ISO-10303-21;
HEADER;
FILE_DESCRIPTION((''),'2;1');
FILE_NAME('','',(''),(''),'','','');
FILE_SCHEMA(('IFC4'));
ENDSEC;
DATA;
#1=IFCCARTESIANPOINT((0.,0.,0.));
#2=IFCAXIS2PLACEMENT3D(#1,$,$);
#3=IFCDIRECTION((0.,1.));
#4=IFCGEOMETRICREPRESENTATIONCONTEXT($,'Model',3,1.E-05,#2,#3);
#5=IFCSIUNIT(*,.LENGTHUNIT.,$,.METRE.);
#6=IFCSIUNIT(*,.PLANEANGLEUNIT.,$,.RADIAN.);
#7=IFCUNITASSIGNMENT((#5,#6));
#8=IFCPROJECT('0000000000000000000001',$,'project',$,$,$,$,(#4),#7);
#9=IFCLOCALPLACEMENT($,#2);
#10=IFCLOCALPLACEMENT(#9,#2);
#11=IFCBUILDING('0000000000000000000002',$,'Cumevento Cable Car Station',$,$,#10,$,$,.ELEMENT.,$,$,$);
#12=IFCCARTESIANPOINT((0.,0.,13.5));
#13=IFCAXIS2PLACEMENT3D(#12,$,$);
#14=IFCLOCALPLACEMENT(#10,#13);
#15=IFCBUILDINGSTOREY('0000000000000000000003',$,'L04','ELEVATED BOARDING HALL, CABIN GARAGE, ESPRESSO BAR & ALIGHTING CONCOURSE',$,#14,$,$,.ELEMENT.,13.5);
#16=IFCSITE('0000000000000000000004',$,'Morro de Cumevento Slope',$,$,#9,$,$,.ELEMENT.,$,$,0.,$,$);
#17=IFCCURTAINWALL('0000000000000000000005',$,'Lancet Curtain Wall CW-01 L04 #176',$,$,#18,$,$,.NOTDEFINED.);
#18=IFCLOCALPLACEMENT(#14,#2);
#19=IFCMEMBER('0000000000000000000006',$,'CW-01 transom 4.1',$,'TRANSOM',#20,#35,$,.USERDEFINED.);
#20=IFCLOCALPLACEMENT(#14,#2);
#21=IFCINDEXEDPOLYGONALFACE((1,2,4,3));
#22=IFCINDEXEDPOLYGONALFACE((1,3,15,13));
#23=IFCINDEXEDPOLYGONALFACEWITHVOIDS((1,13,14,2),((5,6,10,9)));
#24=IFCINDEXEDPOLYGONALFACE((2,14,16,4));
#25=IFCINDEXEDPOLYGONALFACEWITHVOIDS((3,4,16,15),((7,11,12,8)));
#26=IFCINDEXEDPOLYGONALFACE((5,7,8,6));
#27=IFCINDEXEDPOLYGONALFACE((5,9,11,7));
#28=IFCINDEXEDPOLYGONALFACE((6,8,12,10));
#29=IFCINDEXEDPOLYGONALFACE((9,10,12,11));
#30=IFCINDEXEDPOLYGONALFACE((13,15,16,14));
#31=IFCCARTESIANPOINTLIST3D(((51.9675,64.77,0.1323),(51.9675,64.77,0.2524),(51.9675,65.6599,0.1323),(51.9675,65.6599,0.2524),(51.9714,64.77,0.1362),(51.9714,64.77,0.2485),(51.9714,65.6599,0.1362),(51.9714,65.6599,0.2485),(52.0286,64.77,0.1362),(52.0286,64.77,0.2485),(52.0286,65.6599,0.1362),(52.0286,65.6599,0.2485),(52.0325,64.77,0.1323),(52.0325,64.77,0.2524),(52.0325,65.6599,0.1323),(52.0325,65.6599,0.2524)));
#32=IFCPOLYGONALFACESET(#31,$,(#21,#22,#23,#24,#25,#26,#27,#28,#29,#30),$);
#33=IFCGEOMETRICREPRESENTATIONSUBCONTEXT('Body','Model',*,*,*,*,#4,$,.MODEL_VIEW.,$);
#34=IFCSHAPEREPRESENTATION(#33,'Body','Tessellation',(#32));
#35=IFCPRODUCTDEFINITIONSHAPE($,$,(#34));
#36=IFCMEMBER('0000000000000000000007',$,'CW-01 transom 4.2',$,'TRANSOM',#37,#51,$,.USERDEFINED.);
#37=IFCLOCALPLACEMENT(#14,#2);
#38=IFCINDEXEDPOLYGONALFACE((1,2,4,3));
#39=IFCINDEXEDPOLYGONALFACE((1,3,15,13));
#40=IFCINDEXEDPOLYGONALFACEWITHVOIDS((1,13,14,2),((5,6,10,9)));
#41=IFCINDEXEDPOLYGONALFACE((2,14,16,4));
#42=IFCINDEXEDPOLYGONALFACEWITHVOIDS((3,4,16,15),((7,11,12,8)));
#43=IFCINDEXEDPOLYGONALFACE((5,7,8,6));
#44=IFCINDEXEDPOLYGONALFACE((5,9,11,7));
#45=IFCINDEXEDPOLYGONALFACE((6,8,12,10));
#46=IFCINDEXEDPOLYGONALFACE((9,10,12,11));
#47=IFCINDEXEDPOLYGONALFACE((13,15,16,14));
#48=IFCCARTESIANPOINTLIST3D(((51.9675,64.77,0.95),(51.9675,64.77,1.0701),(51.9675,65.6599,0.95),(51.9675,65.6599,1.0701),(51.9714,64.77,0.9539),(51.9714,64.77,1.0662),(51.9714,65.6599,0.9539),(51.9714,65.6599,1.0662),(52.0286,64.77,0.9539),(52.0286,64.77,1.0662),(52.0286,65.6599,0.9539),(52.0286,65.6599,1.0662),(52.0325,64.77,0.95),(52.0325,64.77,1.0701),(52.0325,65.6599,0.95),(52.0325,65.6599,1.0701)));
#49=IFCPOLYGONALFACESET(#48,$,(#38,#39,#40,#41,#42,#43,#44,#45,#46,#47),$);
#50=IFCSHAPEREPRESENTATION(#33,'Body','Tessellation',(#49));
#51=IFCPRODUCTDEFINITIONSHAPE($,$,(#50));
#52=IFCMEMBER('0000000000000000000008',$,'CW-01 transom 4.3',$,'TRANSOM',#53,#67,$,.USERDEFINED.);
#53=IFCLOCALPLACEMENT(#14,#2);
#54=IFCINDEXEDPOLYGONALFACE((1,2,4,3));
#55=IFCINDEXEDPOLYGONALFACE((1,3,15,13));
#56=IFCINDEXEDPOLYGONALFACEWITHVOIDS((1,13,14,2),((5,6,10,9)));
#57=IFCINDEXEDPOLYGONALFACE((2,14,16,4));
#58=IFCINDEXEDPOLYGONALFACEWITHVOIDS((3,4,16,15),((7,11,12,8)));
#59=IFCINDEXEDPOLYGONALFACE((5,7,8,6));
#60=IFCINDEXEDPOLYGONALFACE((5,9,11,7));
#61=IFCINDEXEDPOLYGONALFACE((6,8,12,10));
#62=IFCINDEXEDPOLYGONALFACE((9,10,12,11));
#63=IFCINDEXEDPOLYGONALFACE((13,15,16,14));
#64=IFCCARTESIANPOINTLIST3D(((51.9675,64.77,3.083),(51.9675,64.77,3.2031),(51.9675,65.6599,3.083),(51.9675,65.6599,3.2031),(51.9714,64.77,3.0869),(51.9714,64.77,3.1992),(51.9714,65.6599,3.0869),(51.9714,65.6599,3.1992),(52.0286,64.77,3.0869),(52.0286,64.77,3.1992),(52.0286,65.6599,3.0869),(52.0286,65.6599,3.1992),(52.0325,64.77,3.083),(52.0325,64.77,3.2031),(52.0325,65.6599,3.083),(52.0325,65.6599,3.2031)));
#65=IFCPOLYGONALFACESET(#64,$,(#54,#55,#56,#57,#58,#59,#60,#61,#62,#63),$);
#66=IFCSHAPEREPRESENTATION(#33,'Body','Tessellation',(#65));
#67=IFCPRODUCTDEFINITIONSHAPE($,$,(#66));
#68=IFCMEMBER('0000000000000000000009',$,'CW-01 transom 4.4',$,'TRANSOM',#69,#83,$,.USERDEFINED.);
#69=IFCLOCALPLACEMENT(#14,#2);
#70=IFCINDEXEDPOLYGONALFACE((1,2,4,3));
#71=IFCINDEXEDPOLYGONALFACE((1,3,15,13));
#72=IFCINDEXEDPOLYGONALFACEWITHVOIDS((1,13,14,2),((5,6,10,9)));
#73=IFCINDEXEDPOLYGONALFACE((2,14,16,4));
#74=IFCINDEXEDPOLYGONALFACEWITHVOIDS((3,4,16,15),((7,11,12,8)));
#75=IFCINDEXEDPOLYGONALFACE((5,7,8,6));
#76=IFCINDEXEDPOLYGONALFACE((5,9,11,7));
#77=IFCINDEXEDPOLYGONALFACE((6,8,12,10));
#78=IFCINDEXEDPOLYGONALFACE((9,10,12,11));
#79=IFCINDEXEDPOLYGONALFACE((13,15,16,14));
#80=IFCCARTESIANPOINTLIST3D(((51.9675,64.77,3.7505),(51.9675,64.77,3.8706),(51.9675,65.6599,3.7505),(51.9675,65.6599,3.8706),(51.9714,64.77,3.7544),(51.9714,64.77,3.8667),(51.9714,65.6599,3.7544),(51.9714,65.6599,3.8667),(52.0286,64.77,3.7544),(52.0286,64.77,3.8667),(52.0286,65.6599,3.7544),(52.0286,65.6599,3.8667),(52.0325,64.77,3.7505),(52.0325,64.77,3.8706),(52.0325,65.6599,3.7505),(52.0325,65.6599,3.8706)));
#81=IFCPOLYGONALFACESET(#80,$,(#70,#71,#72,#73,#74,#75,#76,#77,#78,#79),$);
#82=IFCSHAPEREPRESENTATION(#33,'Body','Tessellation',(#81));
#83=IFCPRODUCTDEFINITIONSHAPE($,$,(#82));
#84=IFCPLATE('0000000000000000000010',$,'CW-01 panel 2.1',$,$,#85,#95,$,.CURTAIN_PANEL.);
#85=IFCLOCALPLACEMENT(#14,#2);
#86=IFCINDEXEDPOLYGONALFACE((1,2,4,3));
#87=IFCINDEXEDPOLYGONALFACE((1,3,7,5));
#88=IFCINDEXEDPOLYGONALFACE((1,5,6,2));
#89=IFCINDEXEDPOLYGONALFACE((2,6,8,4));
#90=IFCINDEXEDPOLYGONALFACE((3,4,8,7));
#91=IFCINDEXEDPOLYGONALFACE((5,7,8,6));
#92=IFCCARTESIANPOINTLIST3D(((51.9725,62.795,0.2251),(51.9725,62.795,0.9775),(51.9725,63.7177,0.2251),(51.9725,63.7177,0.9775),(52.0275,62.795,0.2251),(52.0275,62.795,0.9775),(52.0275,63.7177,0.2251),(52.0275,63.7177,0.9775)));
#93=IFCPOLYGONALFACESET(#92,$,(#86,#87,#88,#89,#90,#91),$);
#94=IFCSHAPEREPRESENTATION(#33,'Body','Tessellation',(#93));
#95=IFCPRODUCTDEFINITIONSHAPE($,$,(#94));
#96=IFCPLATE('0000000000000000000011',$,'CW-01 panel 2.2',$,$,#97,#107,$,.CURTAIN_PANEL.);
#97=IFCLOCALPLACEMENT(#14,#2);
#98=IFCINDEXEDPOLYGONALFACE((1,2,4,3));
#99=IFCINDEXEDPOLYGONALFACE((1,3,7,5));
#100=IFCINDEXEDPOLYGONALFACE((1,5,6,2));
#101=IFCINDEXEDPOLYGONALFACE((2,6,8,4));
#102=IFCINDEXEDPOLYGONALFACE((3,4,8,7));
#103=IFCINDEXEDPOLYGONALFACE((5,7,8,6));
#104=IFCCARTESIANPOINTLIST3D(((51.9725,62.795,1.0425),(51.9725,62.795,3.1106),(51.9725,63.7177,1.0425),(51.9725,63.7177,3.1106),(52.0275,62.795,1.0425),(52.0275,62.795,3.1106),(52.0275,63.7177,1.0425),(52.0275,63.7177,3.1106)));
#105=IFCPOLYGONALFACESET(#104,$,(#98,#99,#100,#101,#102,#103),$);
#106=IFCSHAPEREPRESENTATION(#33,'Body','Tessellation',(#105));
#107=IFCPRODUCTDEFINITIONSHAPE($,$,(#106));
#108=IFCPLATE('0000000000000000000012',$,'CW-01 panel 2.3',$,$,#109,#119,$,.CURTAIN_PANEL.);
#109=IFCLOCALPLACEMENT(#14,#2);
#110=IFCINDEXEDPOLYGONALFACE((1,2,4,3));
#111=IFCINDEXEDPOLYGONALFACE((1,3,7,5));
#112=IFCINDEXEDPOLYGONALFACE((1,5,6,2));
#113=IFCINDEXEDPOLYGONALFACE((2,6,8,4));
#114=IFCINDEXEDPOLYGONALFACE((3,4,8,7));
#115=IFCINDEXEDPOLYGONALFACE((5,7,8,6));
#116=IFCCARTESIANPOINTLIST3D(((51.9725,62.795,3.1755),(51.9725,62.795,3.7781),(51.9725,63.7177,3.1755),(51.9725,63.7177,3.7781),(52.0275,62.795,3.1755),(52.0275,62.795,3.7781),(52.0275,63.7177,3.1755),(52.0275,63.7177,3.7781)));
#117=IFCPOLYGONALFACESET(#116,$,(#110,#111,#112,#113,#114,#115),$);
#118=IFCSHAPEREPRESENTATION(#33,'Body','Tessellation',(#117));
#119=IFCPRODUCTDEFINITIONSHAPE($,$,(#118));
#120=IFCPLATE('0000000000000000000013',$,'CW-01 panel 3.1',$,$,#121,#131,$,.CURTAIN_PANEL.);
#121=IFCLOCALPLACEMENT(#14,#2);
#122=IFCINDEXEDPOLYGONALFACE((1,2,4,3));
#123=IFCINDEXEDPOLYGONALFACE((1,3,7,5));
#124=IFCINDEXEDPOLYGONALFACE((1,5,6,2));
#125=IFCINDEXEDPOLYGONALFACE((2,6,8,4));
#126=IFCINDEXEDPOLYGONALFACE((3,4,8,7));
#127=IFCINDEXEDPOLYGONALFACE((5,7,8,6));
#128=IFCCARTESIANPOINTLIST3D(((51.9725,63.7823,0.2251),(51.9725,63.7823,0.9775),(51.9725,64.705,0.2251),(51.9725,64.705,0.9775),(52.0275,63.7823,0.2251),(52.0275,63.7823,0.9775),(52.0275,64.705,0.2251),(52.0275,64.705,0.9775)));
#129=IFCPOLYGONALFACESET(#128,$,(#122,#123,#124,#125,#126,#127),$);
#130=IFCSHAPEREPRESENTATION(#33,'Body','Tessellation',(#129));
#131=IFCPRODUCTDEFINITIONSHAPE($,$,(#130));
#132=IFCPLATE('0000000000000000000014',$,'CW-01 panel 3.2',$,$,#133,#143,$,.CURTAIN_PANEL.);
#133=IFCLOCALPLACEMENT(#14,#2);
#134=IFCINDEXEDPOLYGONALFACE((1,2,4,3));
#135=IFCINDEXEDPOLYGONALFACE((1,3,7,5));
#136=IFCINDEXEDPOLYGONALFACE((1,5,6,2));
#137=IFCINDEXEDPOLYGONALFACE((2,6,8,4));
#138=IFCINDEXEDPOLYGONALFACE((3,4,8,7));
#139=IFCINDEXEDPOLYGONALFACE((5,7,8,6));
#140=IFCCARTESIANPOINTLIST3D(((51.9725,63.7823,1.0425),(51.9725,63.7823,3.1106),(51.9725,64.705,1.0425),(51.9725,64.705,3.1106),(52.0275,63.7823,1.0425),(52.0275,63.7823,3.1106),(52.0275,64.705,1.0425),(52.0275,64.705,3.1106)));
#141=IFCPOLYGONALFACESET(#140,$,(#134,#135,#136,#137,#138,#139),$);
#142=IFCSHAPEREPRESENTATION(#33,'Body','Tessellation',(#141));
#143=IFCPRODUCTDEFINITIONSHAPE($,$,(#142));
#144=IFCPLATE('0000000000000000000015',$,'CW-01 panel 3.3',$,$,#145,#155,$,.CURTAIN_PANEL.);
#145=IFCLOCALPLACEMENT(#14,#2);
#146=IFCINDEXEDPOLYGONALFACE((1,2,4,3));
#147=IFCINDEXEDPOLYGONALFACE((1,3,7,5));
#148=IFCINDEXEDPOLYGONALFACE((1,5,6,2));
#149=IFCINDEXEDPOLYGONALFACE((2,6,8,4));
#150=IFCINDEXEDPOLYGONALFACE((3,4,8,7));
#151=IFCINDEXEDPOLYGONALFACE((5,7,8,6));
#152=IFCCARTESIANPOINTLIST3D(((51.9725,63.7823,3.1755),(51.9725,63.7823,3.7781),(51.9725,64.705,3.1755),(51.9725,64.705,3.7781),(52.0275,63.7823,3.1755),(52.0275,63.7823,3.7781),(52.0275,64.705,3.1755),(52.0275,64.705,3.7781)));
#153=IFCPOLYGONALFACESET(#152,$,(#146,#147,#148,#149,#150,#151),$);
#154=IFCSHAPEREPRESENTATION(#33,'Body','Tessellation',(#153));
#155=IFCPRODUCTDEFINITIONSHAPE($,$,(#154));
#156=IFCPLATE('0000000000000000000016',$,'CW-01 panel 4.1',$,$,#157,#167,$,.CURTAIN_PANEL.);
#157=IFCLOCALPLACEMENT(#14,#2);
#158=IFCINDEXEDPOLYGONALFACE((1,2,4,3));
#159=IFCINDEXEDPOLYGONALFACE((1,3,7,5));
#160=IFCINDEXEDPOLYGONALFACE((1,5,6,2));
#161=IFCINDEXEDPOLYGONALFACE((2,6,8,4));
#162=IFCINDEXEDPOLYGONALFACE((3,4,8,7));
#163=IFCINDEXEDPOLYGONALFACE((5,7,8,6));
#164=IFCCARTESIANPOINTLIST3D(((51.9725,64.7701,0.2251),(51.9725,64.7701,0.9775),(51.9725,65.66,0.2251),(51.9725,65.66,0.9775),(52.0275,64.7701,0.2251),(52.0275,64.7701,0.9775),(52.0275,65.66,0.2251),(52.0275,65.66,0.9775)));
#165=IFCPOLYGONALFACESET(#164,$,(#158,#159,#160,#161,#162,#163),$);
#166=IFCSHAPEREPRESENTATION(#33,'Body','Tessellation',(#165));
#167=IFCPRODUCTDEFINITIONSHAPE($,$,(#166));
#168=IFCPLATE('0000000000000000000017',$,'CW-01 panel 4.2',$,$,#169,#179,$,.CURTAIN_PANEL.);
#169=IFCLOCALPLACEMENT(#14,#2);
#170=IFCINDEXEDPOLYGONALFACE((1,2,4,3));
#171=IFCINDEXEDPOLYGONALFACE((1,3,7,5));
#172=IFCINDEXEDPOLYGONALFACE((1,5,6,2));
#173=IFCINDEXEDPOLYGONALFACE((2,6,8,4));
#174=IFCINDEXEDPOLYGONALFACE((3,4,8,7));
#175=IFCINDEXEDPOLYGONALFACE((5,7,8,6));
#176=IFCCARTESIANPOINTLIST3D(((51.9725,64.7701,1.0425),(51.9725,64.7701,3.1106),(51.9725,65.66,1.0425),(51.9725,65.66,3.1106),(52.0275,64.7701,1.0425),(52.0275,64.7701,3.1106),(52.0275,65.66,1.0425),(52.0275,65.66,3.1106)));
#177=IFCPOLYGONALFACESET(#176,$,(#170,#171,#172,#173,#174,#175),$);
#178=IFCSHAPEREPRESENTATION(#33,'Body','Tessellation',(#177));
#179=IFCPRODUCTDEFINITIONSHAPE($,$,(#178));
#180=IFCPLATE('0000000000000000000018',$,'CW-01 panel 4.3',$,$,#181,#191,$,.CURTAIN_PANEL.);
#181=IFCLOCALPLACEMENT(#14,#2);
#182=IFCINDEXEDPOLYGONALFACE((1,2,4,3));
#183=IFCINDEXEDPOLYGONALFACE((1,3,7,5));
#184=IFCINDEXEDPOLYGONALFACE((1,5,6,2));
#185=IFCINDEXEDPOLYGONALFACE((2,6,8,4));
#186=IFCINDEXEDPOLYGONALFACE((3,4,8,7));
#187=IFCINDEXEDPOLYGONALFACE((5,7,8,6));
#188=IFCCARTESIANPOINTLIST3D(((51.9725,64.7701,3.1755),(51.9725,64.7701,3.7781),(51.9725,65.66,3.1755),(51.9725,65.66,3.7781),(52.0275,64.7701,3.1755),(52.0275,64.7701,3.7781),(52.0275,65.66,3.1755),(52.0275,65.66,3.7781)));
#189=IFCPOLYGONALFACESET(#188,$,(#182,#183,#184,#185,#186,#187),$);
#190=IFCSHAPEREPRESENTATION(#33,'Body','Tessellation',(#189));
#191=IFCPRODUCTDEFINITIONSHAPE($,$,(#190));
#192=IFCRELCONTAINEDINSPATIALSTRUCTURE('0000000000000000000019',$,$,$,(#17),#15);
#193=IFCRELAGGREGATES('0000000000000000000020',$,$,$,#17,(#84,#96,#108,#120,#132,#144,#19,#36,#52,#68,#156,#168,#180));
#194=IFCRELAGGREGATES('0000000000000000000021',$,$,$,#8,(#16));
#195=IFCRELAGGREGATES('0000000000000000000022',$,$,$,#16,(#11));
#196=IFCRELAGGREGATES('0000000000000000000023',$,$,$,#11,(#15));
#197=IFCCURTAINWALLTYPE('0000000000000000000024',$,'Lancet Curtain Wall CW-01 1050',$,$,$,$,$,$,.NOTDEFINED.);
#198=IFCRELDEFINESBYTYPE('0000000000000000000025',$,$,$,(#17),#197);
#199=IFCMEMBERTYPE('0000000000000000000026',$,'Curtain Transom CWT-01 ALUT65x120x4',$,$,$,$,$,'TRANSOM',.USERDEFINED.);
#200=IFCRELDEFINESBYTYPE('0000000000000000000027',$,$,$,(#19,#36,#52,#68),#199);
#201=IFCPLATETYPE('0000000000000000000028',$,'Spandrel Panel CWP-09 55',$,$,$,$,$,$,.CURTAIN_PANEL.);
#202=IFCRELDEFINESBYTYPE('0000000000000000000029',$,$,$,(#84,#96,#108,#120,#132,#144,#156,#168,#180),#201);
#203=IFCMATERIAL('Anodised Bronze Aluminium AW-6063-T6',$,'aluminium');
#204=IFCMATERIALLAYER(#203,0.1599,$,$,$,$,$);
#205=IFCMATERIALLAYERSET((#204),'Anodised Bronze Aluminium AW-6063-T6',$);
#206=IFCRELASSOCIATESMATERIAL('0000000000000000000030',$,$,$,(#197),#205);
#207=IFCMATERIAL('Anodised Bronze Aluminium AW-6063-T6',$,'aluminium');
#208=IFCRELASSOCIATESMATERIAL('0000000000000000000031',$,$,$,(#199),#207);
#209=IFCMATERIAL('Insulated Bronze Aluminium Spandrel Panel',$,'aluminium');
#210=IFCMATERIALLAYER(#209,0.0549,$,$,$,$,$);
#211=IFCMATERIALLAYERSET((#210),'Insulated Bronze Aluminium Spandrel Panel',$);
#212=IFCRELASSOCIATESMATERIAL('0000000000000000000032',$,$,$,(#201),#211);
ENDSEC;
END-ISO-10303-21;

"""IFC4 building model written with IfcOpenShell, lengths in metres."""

from ifc_helpers import new_model, si_unit, direction, frame, origin, origin_2d, place, context, subcontext, project, spatial, rectangle, hollow_rectangle, extrude, material, layer, layer_set, material_profile, profile_set, type_object, element, aggregate, save


model = new_model("IFC4")

# Units and contexts
model_context = context("Model", 3, precision=1e-05, world=origin(), true_north=direction((0.0, 1.0)))
body_context = subcontext(model_context, "Body", "Model", "MODEL_VIEW")
ifc_project = project(units=[si_unit("LENGTHUNIT", "METRE"), si_unit("PLANEANGLEUNIT", "RADIAN")], contexts=[model_context])

# Site, building, storey
site_placement = place(None, origin())
site = spatial("IfcSite", under=ifc_project, at=site_placement, Name="Morro de Cumevento Slope", CompositionType="ELEMENT", RefElevation=0.0)
building_placement = place(site_placement, origin())
building = spatial("IfcBuilding", under=site, at=building_placement, Name="Cumevento Cable Car Station", CompositionType="ELEMENT")
storey_placement = place(building_placement, frame((0.0, 0.0, 13.5)))
storey = spatial("IfcBuildingStorey", under=building, at=storey_placement, Name="L04", Description="ELEVATED BOARDING HALL, CABIN GARAGE, ESPRESSO BAR & ALIGHTING CONCOURSE", CompositionType="ELEMENT", Elevation=13.5)

# Curtain wall, members, plates
ifc_material_1 = material(Name="Anodised Bronze Aluminium AW-6063-T6", Category="aluminium")
ifc_layer_1 = layer(ifc_material_1, 0.1599)
ifc_layer_set_1 = layer_set([ifc_layer_1], Name="Anodised Bronze Aluminium AW-6063-T6")
curtain_wall_type = type_object("IfcCurtainWallType", Name="Lancet Curtain Wall CW-01 1050", PredefinedType="NOTDEFINED", material=ifc_layer_set_1)
curtain_wall_placement = place(storey_placement, origin())
curtain_wall = element("IfcCurtainWall", 1, at=curtain_wall_placement, inside=storey, type_object=curtain_wall_type, Name="Lancet Curtain Wall CW-01 L04 #176", PredefinedType="NOTDEFINED")
ifc_material_2 = material(Name="Anodised Bronze Aluminium AW-6063-T6", Category="aluminium")
ifc_material_profile_1 = material_profile(ifc_material_2, hollow_rectangle(XDim=0.0649, YDim=0.1201, WallThickness=0.0039, at=origin_2d()), Name="ALUT65x120x4")
ifc_profile_set_1 = profile_set([ifc_material_profile_1], Name="Anodised Bronze Aluminium AW-6063-T6")
member_type_1 = type_object("IfcMemberType", Name="Curtain Transom CWT-01 ALUT65x120x4", ElementType="TRANSOM", PredefinedType="USERDEFINED", material=ifc_profile_set_1)
member_1_placement = place(storey_placement, frame((52.0, 64.77, 0.1924), z_axis=(0.0, 1.0, 0.0), x_axis=(-1.0, 0.0, 0.0)))
member_1 = element("IfcMember", 2, at=member_1_placement, type_object=member_type_1, Name="CW-01 transom 4.1", ObjectType="TRANSOM", PredefinedType="USERDEFINED", context=body_context, shape_type="SweptSolid", body=[
    extrude(hollow_rectangle(XDim=0.0649, YDim=0.1201, WallThickness=0.0039, at=origin_2d()), origin(), (0.0, 0.0, 1.0), 0.8899),
])
member_2_placement = place(storey_placement, frame((52.0, 64.77, 1.01), z_axis=(0.0, 1.0, 0.0), x_axis=(-1.0, 0.0, 0.0)))
member_2 = element("IfcMember", 3, at=member_2_placement, type_object=member_type_1, Name="CW-01 transom 4.2", ObjectType="TRANSOM", PredefinedType="USERDEFINED", context=body_context, shape_type="SweptSolid", body=[
    extrude(hollow_rectangle(XDim=0.0649, YDim=0.1201, WallThickness=0.0039, at=origin_2d()), origin(), (0.0, 0.0, 1.0), 0.8899),
])
member_3_placement = place(storey_placement, frame((52.0, 64.77, 3.1431), z_axis=(0.0, 1.0, 0.0), x_axis=(-1.0, 0.0, 0.0)))
member_3 = element("IfcMember", 4, at=member_3_placement, type_object=member_type_1, Name="CW-01 transom 4.3", ObjectType="TRANSOM", PredefinedType="USERDEFINED", context=body_context, shape_type="SweptSolid", body=[
    extrude(hollow_rectangle(XDim=0.0649, YDim=0.1201, WallThickness=0.0039, at=origin_2d()), origin(), (0.0, 0.0, 1.0), 0.8899),
])
member_4_placement = place(storey_placement, frame((52.0, 64.77, 3.8105), z_axis=(0.0, 1.0, 0.0), x_axis=(-1.0, 0.0, 0.0)))
member_4 = element("IfcMember", 5, at=member_4_placement, type_object=member_type_1, Name="CW-01 transom 4.4", ObjectType="TRANSOM", PredefinedType="USERDEFINED", context=body_context, shape_type="SweptSolid", body=[
    extrude(hollow_rectangle(XDim=0.0649, YDim=0.1201, WallThickness=0.0039, at=origin_2d()), origin(), (0.0, 0.0, 1.0), 0.8899),
])
ifc_material_3 = material(Name="Insulated Bronze Aluminium Spandrel Panel", Category="aluminium")
ifc_layer_2 = layer(ifc_material_3, 0.0549)
ifc_layer_set_2 = layer_set([ifc_layer_2], Name="Insulated Bronze Aluminium Spandrel Panel")
plate_type = type_object("IfcPlateType", Name="Spandrel Panel CWP-09 55", PredefinedType="CURTAIN_PANEL", material=ifc_layer_set_2)
plate_1_placement = place(storey_placement, frame((52.0, 63.2563, 0.2251), z_axis=(0.0, 0.0, 1.0), x_axis=(0.0, 1.0, 0.0)))
plate_1 = element("IfcPlate", 6, at=plate_1_placement, type_object=plate_type, Name="CW-01 panel 2.1", PredefinedType="CURTAIN_PANEL", context=body_context, shape_type="SweptSolid", body=[
    extrude(rectangle(XDim=0.9226, YDim=0.0549, at=origin_2d()), origin(), (0.0, 0.0, 1.0), 0.7524),
])
plate_2_placement = place(storey_placement, frame((52.0, 63.2563, 1.0425), z_axis=(0.0, 0.0, 1.0), x_axis=(0.0, 1.0, 0.0)))
plate_2 = element("IfcPlate", 7, at=plate_2_placement, type_object=plate_type, Name="CW-01 panel 2.2", PredefinedType="CURTAIN_PANEL", context=body_context, shape_type="SweptSolid", body=[
    extrude(rectangle(XDim=0.9226, YDim=0.0549, at=origin_2d()), origin(), (0.0, 0.0, 1.0), 2.0681),
])
plate_3_placement = place(storey_placement, frame((52.0, 63.2563, 3.1755), z_axis=(0.0, 0.0, 1.0), x_axis=(0.0, 1.0, 0.0)))
plate_3 = element("IfcPlate", 8, at=plate_3_placement, type_object=plate_type, Name="CW-01 panel 2.3", PredefinedType="CURTAIN_PANEL", context=body_context, shape_type="SweptSolid", body=[
    extrude(rectangle(XDim=0.9226, YDim=0.0549, at=origin_2d()), origin(), (0.0, 0.0, 1.0), 0.6025),
])
plate_4_placement = place(storey_placement, frame((52.0, 64.2437, 0.2251), z_axis=(0.0, 0.0, 1.0), x_axis=(0.0, 1.0, 0.0)))
plate_4 = element("IfcPlate", 9, at=plate_4_placement, type_object=plate_type, Name="CW-01 panel 3.1", PredefinedType="CURTAIN_PANEL", context=body_context, shape_type="SweptSolid", body=[
    extrude(rectangle(XDim=0.9226, YDim=0.0549, at=origin_2d()), origin(), (0.0, 0.0, 1.0), 0.7524),
])
plate_5_placement = place(storey_placement, frame((52.0, 64.2437, 1.0425), z_axis=(0.0, 0.0, 1.0), x_axis=(0.0, 1.0, 0.0)))
plate_5 = element("IfcPlate", 10, at=plate_5_placement, type_object=plate_type, Name="CW-01 panel 3.2", PredefinedType="CURTAIN_PANEL", context=body_context, shape_type="SweptSolid", body=[
    extrude(rectangle(XDim=0.9226, YDim=0.0549, at=origin_2d()), origin(), (0.0, 0.0, 1.0), 2.0681),
])
plate_6_placement = place(storey_placement, frame((52.0, 64.2437, 3.1755), z_axis=(0.0, 0.0, 1.0), x_axis=(0.0, 1.0, 0.0)))
plate_6 = element("IfcPlate", 11, at=plate_6_placement, type_object=plate_type, Name="CW-01 panel 3.3", PredefinedType="CURTAIN_PANEL", context=body_context, shape_type="SweptSolid", body=[
    extrude(rectangle(XDim=0.9226, YDim=0.0549, at=origin_2d()), origin(), (0.0, 0.0, 1.0), 0.6025),
])
plate_7_placement = place(storey_placement, frame((52.0, 65.2151, 0.2251), z_axis=(0.0, 0.0, 1.0), x_axis=(0.0, 1.0, 0.0)))
plate_7 = element("IfcPlate", 12, at=plate_7_placement, type_object=plate_type, Name="CW-01 panel 4.1", PredefinedType="CURTAIN_PANEL", context=body_context, shape_type="SweptSolid", body=[
    extrude(rectangle(XDim=0.8899, YDim=0.0549, at=origin_2d()), origin(), (0.0, 0.0, 1.0), 0.7524),
])
plate_8_placement = place(storey_placement, frame((52.0, 65.2151, 1.0425), z_axis=(0.0, 0.0, 1.0), x_axis=(0.0, 1.0, 0.0)))
plate_8 = element("IfcPlate", 13, at=plate_8_placement, type_object=plate_type, Name="CW-01 panel 4.2", PredefinedType="CURTAIN_PANEL", context=body_context, shape_type="SweptSolid", body=[
    extrude(rectangle(XDim=0.8899, YDim=0.0549, at=origin_2d()), origin(), (0.0, 0.0, 1.0), 2.0681),
])
plate_9_placement = place(storey_placement, frame((52.0, 65.2151, 3.1755), z_axis=(0.0, 0.0, 1.0), x_axis=(0.0, 1.0, 0.0)))
plate_9 = element("IfcPlate", 14, at=plate_9_placement, type_object=plate_type, Name="CW-01 panel 4.3", PredefinedType="CURTAIN_PANEL", context=body_context, shape_type="SweptSolid", body=[
    extrude(rectangle(XDim=0.8899, YDim=0.0549, at=origin_2d()), origin(), (0.0, 0.0, 1.0), 0.6025),
])
aggregate(curtain_wall, [plate_1, plate_2, plate_3, plate_4, plate_5, plate_6, member_1, member_2, member_3, member_4, plate_7, plate_8, plate_9])

save(model, "model.ifc")
